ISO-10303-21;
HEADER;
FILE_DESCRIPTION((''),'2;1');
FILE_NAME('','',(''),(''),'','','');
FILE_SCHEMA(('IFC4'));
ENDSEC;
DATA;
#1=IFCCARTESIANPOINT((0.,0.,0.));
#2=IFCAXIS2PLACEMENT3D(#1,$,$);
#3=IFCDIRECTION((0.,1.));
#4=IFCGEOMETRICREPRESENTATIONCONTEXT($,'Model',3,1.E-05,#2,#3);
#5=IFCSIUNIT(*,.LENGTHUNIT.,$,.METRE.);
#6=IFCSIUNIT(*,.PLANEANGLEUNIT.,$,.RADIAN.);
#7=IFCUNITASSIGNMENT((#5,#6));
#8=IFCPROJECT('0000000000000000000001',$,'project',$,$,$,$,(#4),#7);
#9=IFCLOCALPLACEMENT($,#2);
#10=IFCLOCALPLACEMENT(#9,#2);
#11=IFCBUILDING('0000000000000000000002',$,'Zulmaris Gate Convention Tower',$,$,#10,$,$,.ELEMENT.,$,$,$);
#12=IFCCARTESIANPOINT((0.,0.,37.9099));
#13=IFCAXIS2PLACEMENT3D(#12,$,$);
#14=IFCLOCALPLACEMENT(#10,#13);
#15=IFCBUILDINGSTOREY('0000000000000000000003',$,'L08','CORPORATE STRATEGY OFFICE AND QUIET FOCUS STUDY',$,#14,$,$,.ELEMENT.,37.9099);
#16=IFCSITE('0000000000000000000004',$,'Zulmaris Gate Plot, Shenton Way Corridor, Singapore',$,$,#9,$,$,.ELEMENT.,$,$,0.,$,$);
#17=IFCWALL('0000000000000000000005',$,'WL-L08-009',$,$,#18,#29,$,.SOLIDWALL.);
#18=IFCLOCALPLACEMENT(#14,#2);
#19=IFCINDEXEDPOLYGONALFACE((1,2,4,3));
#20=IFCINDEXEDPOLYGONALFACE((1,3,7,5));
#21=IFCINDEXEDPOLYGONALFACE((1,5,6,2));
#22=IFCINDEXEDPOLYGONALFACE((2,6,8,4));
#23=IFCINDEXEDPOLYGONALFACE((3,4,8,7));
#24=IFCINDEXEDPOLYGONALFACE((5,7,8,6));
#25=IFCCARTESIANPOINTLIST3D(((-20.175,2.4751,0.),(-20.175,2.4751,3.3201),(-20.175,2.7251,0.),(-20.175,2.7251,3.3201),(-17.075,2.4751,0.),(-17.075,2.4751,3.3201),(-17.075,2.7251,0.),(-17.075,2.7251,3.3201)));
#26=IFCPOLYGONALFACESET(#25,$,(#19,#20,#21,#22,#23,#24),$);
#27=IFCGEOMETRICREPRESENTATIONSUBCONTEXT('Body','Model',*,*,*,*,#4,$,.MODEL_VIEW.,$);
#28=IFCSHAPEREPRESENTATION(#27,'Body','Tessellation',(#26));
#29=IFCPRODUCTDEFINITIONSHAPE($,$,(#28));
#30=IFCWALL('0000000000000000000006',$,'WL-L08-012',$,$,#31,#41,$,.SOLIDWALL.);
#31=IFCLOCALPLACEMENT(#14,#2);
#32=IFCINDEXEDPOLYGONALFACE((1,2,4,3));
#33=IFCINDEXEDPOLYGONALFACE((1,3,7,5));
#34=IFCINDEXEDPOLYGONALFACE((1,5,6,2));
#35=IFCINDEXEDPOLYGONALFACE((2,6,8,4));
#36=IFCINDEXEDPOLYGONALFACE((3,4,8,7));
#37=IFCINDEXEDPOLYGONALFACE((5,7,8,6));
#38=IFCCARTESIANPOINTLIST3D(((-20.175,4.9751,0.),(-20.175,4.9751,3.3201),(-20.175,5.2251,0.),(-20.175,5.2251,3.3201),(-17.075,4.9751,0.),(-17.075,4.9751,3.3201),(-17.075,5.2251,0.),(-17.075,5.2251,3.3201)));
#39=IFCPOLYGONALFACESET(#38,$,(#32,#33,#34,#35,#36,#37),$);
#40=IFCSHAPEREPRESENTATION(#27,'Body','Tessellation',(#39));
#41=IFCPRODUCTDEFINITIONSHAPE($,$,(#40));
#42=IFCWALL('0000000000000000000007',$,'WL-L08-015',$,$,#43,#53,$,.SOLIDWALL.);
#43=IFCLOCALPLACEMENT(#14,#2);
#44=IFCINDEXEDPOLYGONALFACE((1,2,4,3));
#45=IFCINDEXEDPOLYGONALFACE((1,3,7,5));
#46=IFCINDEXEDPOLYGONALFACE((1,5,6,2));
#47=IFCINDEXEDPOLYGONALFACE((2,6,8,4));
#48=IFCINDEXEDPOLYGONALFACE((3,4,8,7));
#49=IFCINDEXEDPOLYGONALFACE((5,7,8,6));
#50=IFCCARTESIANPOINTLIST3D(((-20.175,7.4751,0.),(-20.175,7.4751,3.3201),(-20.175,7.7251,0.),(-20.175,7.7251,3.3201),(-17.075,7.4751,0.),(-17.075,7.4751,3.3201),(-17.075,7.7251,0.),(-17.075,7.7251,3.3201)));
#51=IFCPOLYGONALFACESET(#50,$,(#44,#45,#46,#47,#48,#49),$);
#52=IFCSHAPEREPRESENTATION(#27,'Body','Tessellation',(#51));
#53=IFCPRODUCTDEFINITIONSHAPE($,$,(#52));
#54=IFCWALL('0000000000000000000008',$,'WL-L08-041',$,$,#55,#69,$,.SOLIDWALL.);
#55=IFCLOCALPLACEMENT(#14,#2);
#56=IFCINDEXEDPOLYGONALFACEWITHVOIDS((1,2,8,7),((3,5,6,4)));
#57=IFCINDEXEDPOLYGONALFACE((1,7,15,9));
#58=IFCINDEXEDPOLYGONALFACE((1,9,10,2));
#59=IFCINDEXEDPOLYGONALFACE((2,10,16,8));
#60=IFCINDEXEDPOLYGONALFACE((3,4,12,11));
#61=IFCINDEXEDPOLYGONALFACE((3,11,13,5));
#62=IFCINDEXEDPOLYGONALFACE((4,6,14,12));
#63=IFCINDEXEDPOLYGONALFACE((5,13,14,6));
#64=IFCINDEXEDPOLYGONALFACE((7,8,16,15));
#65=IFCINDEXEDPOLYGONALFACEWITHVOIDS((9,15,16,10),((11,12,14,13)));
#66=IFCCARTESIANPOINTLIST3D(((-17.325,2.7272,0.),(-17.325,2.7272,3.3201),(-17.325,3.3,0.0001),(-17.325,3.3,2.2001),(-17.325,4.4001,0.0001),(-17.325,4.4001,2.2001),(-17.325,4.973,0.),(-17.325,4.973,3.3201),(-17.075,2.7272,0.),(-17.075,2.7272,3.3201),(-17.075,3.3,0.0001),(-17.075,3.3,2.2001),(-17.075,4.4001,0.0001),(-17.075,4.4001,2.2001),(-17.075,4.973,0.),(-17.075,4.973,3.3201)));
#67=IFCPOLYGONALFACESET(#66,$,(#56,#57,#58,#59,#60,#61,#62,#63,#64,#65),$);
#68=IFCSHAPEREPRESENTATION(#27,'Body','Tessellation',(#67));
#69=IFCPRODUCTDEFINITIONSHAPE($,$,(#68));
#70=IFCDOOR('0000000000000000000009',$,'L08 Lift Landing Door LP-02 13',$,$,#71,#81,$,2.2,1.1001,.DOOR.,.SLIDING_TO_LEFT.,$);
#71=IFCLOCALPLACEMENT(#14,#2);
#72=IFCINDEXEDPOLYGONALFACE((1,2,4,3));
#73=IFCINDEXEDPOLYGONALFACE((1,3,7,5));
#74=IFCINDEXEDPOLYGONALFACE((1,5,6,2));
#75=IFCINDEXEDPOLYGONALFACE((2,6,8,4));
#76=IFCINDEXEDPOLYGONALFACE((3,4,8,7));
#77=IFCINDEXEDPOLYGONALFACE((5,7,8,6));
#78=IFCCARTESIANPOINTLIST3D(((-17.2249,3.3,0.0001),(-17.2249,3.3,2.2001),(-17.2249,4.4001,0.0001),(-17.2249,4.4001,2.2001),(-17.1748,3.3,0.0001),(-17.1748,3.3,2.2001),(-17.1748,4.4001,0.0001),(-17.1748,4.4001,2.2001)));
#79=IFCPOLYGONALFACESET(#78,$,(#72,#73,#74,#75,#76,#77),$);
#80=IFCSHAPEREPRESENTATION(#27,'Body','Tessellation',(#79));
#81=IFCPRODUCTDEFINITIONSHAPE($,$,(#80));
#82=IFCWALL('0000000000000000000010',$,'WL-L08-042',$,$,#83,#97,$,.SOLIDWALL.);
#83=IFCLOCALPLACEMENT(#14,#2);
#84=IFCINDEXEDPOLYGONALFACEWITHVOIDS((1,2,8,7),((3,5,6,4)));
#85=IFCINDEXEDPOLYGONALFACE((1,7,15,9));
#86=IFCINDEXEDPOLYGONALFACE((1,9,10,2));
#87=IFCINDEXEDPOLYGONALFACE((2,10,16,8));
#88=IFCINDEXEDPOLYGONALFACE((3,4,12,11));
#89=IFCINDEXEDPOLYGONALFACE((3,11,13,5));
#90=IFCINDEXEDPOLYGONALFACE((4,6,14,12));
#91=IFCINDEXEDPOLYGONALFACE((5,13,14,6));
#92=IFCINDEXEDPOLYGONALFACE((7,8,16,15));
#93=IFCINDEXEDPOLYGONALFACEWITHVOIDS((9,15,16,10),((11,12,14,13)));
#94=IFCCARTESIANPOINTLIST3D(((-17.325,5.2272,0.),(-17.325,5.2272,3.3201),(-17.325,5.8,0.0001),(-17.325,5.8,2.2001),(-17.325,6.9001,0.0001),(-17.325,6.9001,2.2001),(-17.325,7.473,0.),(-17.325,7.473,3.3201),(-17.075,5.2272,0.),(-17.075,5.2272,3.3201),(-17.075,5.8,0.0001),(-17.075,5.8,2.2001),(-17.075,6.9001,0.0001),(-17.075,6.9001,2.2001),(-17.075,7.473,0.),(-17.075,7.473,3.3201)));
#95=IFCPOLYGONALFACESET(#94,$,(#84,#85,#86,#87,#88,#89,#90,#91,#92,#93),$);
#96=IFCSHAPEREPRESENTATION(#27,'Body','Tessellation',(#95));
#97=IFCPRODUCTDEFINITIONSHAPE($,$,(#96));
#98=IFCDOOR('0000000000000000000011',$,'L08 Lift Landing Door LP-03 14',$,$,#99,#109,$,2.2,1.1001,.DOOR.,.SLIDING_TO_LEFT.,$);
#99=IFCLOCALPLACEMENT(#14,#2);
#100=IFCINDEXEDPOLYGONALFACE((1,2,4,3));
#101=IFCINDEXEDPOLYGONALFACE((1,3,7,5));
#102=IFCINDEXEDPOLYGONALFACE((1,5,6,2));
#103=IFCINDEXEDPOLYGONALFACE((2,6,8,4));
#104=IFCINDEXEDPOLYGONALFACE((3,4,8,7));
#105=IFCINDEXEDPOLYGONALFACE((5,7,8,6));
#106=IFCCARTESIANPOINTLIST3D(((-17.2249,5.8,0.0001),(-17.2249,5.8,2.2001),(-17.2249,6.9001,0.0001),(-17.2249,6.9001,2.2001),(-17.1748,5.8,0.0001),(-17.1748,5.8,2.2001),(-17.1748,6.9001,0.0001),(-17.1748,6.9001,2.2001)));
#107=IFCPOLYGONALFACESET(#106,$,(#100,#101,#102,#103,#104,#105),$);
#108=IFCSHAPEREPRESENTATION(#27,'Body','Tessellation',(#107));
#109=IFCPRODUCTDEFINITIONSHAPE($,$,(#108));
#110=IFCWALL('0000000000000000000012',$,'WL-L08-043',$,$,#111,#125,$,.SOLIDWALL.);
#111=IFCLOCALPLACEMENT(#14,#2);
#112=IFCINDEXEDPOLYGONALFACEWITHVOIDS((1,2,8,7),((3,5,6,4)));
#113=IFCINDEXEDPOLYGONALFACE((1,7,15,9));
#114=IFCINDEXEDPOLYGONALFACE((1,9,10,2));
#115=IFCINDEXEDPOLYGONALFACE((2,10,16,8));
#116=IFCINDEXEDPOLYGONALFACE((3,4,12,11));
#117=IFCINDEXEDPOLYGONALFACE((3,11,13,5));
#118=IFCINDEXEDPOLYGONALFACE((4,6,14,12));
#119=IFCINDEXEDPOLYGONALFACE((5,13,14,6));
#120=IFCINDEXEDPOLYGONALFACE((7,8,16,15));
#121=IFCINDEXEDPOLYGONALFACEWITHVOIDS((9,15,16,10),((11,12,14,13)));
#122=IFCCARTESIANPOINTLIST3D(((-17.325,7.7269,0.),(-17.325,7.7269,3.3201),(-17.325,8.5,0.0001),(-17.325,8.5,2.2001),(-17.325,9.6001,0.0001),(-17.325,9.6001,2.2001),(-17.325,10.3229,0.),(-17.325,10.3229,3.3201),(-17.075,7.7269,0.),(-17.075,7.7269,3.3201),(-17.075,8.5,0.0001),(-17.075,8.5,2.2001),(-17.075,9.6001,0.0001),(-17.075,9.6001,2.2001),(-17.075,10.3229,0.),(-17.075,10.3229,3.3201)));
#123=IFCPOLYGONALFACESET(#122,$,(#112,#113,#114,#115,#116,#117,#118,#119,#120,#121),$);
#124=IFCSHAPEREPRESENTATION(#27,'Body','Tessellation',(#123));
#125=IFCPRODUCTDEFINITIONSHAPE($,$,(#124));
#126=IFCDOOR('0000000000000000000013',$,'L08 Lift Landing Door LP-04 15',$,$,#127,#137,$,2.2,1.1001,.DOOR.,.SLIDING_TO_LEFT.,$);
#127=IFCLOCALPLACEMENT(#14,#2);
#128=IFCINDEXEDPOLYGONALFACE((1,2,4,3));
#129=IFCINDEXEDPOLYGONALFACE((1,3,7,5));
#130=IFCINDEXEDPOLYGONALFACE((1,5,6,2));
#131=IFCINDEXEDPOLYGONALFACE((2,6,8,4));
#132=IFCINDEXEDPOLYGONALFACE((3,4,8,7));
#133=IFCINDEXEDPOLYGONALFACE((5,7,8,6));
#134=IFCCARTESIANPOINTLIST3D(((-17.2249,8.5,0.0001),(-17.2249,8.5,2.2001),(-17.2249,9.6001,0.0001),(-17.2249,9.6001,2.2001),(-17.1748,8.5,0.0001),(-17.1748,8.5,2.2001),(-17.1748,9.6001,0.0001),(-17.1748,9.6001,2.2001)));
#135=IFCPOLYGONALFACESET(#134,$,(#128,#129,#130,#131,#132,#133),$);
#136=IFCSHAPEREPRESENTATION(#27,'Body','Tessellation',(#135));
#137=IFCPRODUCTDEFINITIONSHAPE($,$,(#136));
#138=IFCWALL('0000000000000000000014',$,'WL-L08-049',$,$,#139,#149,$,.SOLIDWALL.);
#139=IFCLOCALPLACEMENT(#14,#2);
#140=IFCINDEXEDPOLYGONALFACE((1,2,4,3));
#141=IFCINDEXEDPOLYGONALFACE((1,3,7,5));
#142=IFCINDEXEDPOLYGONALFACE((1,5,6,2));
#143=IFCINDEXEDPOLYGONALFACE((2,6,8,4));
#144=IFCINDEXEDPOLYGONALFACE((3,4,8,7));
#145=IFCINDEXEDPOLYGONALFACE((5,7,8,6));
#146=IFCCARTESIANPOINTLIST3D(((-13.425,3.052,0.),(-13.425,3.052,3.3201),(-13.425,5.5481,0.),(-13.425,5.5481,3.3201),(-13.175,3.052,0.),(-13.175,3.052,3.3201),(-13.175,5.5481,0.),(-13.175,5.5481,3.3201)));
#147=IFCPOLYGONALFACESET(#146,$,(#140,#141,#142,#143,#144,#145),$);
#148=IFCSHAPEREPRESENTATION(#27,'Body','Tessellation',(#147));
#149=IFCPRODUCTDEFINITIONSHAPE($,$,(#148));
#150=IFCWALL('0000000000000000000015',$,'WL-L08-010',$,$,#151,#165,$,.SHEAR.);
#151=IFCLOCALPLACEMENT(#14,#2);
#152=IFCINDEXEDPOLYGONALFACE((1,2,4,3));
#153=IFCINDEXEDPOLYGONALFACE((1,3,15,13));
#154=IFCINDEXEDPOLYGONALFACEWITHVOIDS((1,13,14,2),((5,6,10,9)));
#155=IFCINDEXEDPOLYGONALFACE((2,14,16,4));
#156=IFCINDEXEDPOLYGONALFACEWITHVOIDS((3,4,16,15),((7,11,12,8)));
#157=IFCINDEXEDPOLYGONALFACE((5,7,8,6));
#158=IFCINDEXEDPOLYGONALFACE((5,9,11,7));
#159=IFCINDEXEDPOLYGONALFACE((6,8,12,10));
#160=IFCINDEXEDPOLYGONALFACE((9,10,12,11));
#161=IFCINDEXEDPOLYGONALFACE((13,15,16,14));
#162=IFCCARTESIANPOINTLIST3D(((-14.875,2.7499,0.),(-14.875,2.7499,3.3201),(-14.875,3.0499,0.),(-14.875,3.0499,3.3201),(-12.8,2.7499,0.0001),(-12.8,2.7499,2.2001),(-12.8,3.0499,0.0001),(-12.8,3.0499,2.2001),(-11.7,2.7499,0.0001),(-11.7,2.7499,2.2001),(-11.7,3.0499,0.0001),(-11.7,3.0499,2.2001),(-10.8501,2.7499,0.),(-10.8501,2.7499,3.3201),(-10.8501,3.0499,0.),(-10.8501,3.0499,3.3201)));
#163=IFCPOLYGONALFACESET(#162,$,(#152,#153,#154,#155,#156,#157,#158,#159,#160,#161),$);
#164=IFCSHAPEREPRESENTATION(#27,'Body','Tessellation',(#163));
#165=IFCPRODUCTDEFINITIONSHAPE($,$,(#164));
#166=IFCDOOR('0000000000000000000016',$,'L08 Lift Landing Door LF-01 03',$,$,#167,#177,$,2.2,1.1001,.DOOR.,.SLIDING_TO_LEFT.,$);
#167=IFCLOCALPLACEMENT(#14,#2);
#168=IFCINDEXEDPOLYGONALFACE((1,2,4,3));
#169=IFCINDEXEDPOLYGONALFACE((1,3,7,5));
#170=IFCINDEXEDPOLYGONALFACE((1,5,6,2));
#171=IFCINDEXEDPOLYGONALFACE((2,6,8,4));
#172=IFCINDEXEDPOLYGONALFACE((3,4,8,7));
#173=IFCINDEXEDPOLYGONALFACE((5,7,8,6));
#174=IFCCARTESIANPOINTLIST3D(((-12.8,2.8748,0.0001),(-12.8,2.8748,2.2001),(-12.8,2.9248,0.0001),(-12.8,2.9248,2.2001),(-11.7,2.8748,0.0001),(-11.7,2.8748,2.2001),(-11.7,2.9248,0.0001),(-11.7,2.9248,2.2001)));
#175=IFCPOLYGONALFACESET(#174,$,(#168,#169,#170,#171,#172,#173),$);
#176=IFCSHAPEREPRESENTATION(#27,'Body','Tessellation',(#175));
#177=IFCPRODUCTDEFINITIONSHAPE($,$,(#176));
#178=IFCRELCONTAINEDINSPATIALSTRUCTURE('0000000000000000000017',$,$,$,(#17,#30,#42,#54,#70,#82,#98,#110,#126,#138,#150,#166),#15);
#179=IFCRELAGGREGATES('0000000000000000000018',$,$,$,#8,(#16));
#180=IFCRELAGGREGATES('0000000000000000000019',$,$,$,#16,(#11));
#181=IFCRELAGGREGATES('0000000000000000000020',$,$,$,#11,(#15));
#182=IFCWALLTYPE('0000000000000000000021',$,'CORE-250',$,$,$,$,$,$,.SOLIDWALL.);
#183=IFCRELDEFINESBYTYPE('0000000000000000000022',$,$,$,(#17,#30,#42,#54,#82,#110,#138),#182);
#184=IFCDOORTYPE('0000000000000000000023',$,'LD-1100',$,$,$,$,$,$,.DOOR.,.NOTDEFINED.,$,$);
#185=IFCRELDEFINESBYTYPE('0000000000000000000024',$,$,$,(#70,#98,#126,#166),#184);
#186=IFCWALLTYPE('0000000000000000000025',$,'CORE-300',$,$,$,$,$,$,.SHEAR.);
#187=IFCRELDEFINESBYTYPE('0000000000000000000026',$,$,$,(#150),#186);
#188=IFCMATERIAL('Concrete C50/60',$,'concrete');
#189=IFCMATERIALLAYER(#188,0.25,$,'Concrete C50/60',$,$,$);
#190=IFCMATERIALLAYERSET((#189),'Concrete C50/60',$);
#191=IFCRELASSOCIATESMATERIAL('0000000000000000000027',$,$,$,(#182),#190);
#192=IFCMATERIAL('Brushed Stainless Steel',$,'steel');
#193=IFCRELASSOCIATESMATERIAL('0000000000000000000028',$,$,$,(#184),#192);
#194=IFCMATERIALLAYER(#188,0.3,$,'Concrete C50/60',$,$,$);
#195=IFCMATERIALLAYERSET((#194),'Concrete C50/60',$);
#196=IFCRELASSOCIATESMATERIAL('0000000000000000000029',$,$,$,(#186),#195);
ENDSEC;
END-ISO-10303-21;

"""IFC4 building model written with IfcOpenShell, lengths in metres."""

from ifc_helpers import new_model, si_unit, direction, frame, frame_2d, origin, place, context, subcontext, project, spatial, rectangle, extrude, material, layer, layer_set, type_object, element, fill, save


model = new_model("IFC4")

# Units and contexts
model_context = context("Model", 3, precision=1e-05, world=origin(), true_north=direction((0.0, 1.0)))
body_context = subcontext(model_context, "Body", "Model", "MODEL_VIEW")
ifc_project = project(units=[si_unit("LENGTHUNIT", "METRE"), si_unit("PLANEANGLEUNIT", "RADIAN")], contexts=[model_context])

# Site, building, storey
site_placement = place(None, origin())
site = spatial("IfcSite", under=ifc_project, at=site_placement, Name="Zulmaris Gate Plot, Shenton Way Corridor, Singapore", CompositionType="ELEMENT", RefElevation=0.0)
building_placement = place(site_placement, origin())
building = spatial("IfcBuilding", under=site, at=building_placement, Name="Zulmaris Gate Convention Tower", CompositionType="ELEMENT")
storey_placement = place(building_placement, frame((0.0, 0.0, 37.9099)))
storey = spatial("IfcBuildingStorey", under=building, at=storey_placement, Name="L08", Description="CORPORATE STRATEGY OFFICE AND QUIET FOCUS STUDY", CompositionType="ELEMENT", Elevation=37.9099)

# Walls
ifc_material_1 = material(Name="Concrete C50/60", Category="concrete")
ifc_layer_1 = layer(ifc_material_1, 0.25, Name="Concrete C50/60")
ifc_layer_set_1 = layer_set([ifc_layer_1], Name="Concrete C50/60")
wall_type_1 = type_object("IfcWallType", Name="CORE-250", PredefinedType="SOLIDWALL", material=ifc_layer_set_1)
for number, where, z_axis, x_axis, name in (
    (1, (-20.175, 2.6001, 0.0), (0.0, 0.0, 1.0), (1.0, 0.0, 0.0), "WL-L08-009"),
    (2, (-20.175, 5.1001, 0.0), (0.0, 0.0, 1.0), (1.0, 0.0, 0.0), "WL-L08-012"),
    (3, (-20.175, 7.6001, 0.0), (0.0, 0.0, 1.0), (1.0, 0.0, 0.0), "WL-L08-015"),
):
    element("IfcWall", number, at=place(storey_placement, frame(where, z_axis=z_axis, x_axis=x_axis)), inside=storey, type_object=wall_type_1, Name=name, PredefinedType="SOLIDWALL", context=body_context, shape_type="SweptSolid", body=[
        extrude(rectangle(XDim=3.1001, YDim=0.25, at=frame_2d((1.55, 0.0))), origin(), (0.0, 0.0, 1.0), 3.3201),
    ])

# Walls, openings, doors
wall_1_placement = place(storey_placement, frame((-17.2, 2.7271, 0.0), z_axis=(0.0, 0.0, 1.0), x_axis=(0.0, 1.0, 0.0)))
wall_1 = element("IfcWall", 4, at=wall_1_placement, inside=storey, type_object=wall_type_1, Name="WL-L08-041", PredefinedType="SOLIDWALL", context=body_context, shape_type="SweptSolid", body=[
    extrude(rectangle(XDim=2.2458, YDim=0.25, at=frame_2d((1.123, 0.0))), origin(), (0.0, 0.0, 1.0), 3.3201),
])
opening_1_placement = place(wall_1_placement, frame((0.573, 0.0, 0.0)))
opening_1 = element("IfcOpeningElement", 5, at=opening_1_placement, cuts=wall_1, PredefinedType="OPENING", context=body_context, shape_type="SweptSolid", body=[
    extrude(rectangle(XDim=1.1001, YDim=2.2, at=frame_2d((0.55, 1.1001))), frame((0.0, 0.135, 0.0), z_axis=(0.0, -1.0, 0.0), x_axis=(1.0, 0.0, 0.0)), (0.0, 0.0, 1.0), 0.27),
])
ifc_material_2 = material(Name="Brushed Stainless Steel", Category="steel")
door_type = type_object("IfcDoorType", Name="LD-1100", OperationType="NOTDEFINED", PredefinedType="DOOR", material=ifc_material_2)
door_1_placement = place(opening_1_placement, origin())
door_1 = element("IfcDoor", 6, at=door_1_placement, inside=storey, type_object=door_type, Name="L08 Lift Landing Door LP-02 13", OperationType="SLIDING_TO_LEFT", OverallHeight=2.2, OverallWidth=1.1001, PredefinedType="DOOR", context=body_context, shape_type="SweptSolid", body=[
    extrude(rectangle(XDim=1.1001, YDim=2.2, at=frame_2d((0.55, 1.1001))), frame((0.0, 0.0249, 0.0), z_axis=(0.0, -1.0, 0.0), x_axis=(1.0, 0.0, 0.0)), (0.0, 0.0, 1.0), 0.05),
])
fill(opening_1, door_1)
wall_2_placement = place(storey_placement, frame((-17.2, 5.2271, 0.0), z_axis=(0.0, 0.0, 1.0), x_axis=(0.0, 1.0, 0.0)))
wall_2 = element("IfcWall", 7, at=wall_2_placement, inside=storey, type_object=wall_type_1, Name="WL-L08-042", PredefinedType="SOLIDWALL", context=body_context, shape_type="SweptSolid", body=[
    extrude(rectangle(XDim=2.2458, YDim=0.25, at=frame_2d((1.123, 0.0))), origin(), (0.0, 0.0, 1.0), 3.3201),
])
opening_2_placement = place(wall_2_placement, frame((0.573, 0.0, 0.0)))
opening_2 = element("IfcOpeningElement", 8, at=opening_2_placement, cuts=wall_2, PredefinedType="OPENING", context=body_context, shape_type="SweptSolid", body=[
    extrude(rectangle(XDim=1.1001, YDim=2.2, at=frame_2d((0.55, 1.1001))), frame((0.0, 0.135, 0.0), z_axis=(0.0, -1.0, 0.0), x_axis=(1.0, 0.0, 0.0)), (0.0, 0.0, 1.0), 0.27),
])
door_2_placement = place(opening_2_placement, origin())
door_2 = element("IfcDoor", 9, at=door_2_placement, inside=storey, type_object=door_type, Name="L08 Lift Landing Door LP-03 14", OperationType="SLIDING_TO_LEFT", OverallHeight=2.2, OverallWidth=1.1001, PredefinedType="DOOR", context=body_context, shape_type="SweptSolid", body=[
    extrude(rectangle(XDim=1.1001, YDim=2.2, at=frame_2d((0.55, 1.1001))), frame((0.0, 0.0249, 0.0), z_axis=(0.0, -1.0, 0.0), x_axis=(1.0, 0.0, 0.0)), (0.0, 0.0, 1.0), 0.05),
])
fill(opening_2, door_2)
wall_3_placement = place(storey_placement, frame((-17.2, 7.7271, 0.0), z_axis=(0.0, 0.0, 1.0), x_axis=(0.0, 1.0, 0.0)))
wall_3 = element("IfcWall", 10, at=wall_3_placement, inside=storey, type_object=wall_type_1, Name="WL-L08-043", PredefinedType="SOLIDWALL", context=body_context, shape_type="SweptSolid", body=[
    extrude(rectangle(XDim=2.5959, YDim=0.25, at=frame_2d((1.2979, 0.0))), origin(), (0.0, 0.0, 1.0), 3.3201),
])
opening_3_placement = place(wall_3_placement, frame((0.7729, 0.0, 0.0)))
opening_3 = element("IfcOpeningElement", 11, at=opening_3_placement, cuts=wall_3, PredefinedType="OPENING", context=body_context, shape_type="SweptSolid", body=[
    extrude(rectangle(XDim=1.1001, YDim=2.2, at=frame_2d((0.55, 1.1001))), frame((0.0, 0.135, 0.0), z_axis=(0.0, -1.0, 0.0), x_axis=(1.0, 0.0, 0.0)), (0.0, 0.0, 1.0), 0.27),
])
door_3_placement = place(opening_3_placement, origin())
door_3 = element("IfcDoor", 12, at=door_3_placement, inside=storey, type_object=door_type, Name="L08 Lift Landing Door LP-04 15", OperationType="SLIDING_TO_LEFT", OverallHeight=2.2, OverallWidth=1.1001, PredefinedType="DOOR", context=body_context, shape_type="SweptSolid", body=[
    extrude(rectangle(XDim=1.1001, YDim=2.2, at=frame_2d((0.55, 1.1001))), frame((0.0, 0.0249, 0.0), z_axis=(0.0, -1.0, 0.0), x_axis=(1.0, 0.0, 0.0)), (0.0, 0.0, 1.0), 0.05),
])
fill(opening_3, door_3)

# Wall
wall_4_placement = place(storey_placement, frame((-13.3, 3.052, 0.0), z_axis=(0.0, 0.0, 1.0), x_axis=(0.0, 1.0, 0.0)))
element("IfcWall", 13, at=wall_4_placement, inside=storey, type_object=wall_type_1, Name="WL-L08-049", PredefinedType="SOLIDWALL", context=body_context, shape_type="SweptSolid", body=[
    extrude(rectangle(XDim=2.4961, YDim=0.25, at=frame_2d((1.248, 0.0))), origin(), (0.0, 0.0, 1.0), 3.3201),
])

# Wall, opening, door
ifc_layer_2 = layer(ifc_material_1, 0.3, Name="Concrete C50/60")
ifc_layer_set_2 = layer_set([ifc_layer_2], Name="Concrete C50/60")
wall_type_2 = type_object("IfcWallType", Name="CORE-300", PredefinedType="SHEAR", material=ifc_layer_set_2)
wall_5_placement = place(storey_placement, frame((-14.875, 2.8999, 0.0), z_axis=(0.0, 0.0, 1.0), x_axis=(1.0, 0.0, 0.0)))
wall_5 = element("IfcWall", 14, at=wall_5_placement, inside=storey, type_object=wall_type_2, Name="WL-L08-010", PredefinedType="SHEAR", context=body_context, shape_type="SweptSolid", body=[
    extrude(rectangle(XDim=4.0249, YDim=0.3, at=frame_2d((2.0125, 0.0))), origin(), (0.0, 0.0, 1.0), 3.3201),
])
opening_4_placement = place(wall_5_placement, frame((2.075, 0.0, 0.0)))
opening_4 = element("IfcOpeningElement", 15, at=opening_4_placement, cuts=wall_5, PredefinedType="OPENING", context=body_context, shape_type="SweptSolid", body=[
    extrude(rectangle(XDim=1.1001, YDim=2.2, at=frame_2d((0.55, 1.1001))), frame((0.0, 0.1602, 0.0), z_axis=(0.0, -1.0, 0.0), x_axis=(1.0, 0.0, 0.0)), (0.0, 0.0, 1.0), 0.3201),
])
door_4_placement = place(opening_4_placement, origin())
door_4 = element("IfcDoor", 16, at=door_4_placement, inside=storey, type_object=door_type, Name="L08 Lift Landing Door LF-01 03", OperationType="SLIDING_TO_LEFT", OverallHeight=2.2, OverallWidth=1.1001, PredefinedType="DOOR", context=body_context, shape_type="SweptSolid", body=[
    extrude(rectangle(XDim=1.1001, YDim=2.2, at=frame_2d((0.55, 1.1001))), frame((0.0, 0.0249, 0.0), z_axis=(0.0, -1.0, 0.0), x_axis=(1.0, 0.0, 0.0)), (0.0, 0.0, 1.0), 0.05),
])
fill(opening_4, door_4)

save(model, "model.ifc")
